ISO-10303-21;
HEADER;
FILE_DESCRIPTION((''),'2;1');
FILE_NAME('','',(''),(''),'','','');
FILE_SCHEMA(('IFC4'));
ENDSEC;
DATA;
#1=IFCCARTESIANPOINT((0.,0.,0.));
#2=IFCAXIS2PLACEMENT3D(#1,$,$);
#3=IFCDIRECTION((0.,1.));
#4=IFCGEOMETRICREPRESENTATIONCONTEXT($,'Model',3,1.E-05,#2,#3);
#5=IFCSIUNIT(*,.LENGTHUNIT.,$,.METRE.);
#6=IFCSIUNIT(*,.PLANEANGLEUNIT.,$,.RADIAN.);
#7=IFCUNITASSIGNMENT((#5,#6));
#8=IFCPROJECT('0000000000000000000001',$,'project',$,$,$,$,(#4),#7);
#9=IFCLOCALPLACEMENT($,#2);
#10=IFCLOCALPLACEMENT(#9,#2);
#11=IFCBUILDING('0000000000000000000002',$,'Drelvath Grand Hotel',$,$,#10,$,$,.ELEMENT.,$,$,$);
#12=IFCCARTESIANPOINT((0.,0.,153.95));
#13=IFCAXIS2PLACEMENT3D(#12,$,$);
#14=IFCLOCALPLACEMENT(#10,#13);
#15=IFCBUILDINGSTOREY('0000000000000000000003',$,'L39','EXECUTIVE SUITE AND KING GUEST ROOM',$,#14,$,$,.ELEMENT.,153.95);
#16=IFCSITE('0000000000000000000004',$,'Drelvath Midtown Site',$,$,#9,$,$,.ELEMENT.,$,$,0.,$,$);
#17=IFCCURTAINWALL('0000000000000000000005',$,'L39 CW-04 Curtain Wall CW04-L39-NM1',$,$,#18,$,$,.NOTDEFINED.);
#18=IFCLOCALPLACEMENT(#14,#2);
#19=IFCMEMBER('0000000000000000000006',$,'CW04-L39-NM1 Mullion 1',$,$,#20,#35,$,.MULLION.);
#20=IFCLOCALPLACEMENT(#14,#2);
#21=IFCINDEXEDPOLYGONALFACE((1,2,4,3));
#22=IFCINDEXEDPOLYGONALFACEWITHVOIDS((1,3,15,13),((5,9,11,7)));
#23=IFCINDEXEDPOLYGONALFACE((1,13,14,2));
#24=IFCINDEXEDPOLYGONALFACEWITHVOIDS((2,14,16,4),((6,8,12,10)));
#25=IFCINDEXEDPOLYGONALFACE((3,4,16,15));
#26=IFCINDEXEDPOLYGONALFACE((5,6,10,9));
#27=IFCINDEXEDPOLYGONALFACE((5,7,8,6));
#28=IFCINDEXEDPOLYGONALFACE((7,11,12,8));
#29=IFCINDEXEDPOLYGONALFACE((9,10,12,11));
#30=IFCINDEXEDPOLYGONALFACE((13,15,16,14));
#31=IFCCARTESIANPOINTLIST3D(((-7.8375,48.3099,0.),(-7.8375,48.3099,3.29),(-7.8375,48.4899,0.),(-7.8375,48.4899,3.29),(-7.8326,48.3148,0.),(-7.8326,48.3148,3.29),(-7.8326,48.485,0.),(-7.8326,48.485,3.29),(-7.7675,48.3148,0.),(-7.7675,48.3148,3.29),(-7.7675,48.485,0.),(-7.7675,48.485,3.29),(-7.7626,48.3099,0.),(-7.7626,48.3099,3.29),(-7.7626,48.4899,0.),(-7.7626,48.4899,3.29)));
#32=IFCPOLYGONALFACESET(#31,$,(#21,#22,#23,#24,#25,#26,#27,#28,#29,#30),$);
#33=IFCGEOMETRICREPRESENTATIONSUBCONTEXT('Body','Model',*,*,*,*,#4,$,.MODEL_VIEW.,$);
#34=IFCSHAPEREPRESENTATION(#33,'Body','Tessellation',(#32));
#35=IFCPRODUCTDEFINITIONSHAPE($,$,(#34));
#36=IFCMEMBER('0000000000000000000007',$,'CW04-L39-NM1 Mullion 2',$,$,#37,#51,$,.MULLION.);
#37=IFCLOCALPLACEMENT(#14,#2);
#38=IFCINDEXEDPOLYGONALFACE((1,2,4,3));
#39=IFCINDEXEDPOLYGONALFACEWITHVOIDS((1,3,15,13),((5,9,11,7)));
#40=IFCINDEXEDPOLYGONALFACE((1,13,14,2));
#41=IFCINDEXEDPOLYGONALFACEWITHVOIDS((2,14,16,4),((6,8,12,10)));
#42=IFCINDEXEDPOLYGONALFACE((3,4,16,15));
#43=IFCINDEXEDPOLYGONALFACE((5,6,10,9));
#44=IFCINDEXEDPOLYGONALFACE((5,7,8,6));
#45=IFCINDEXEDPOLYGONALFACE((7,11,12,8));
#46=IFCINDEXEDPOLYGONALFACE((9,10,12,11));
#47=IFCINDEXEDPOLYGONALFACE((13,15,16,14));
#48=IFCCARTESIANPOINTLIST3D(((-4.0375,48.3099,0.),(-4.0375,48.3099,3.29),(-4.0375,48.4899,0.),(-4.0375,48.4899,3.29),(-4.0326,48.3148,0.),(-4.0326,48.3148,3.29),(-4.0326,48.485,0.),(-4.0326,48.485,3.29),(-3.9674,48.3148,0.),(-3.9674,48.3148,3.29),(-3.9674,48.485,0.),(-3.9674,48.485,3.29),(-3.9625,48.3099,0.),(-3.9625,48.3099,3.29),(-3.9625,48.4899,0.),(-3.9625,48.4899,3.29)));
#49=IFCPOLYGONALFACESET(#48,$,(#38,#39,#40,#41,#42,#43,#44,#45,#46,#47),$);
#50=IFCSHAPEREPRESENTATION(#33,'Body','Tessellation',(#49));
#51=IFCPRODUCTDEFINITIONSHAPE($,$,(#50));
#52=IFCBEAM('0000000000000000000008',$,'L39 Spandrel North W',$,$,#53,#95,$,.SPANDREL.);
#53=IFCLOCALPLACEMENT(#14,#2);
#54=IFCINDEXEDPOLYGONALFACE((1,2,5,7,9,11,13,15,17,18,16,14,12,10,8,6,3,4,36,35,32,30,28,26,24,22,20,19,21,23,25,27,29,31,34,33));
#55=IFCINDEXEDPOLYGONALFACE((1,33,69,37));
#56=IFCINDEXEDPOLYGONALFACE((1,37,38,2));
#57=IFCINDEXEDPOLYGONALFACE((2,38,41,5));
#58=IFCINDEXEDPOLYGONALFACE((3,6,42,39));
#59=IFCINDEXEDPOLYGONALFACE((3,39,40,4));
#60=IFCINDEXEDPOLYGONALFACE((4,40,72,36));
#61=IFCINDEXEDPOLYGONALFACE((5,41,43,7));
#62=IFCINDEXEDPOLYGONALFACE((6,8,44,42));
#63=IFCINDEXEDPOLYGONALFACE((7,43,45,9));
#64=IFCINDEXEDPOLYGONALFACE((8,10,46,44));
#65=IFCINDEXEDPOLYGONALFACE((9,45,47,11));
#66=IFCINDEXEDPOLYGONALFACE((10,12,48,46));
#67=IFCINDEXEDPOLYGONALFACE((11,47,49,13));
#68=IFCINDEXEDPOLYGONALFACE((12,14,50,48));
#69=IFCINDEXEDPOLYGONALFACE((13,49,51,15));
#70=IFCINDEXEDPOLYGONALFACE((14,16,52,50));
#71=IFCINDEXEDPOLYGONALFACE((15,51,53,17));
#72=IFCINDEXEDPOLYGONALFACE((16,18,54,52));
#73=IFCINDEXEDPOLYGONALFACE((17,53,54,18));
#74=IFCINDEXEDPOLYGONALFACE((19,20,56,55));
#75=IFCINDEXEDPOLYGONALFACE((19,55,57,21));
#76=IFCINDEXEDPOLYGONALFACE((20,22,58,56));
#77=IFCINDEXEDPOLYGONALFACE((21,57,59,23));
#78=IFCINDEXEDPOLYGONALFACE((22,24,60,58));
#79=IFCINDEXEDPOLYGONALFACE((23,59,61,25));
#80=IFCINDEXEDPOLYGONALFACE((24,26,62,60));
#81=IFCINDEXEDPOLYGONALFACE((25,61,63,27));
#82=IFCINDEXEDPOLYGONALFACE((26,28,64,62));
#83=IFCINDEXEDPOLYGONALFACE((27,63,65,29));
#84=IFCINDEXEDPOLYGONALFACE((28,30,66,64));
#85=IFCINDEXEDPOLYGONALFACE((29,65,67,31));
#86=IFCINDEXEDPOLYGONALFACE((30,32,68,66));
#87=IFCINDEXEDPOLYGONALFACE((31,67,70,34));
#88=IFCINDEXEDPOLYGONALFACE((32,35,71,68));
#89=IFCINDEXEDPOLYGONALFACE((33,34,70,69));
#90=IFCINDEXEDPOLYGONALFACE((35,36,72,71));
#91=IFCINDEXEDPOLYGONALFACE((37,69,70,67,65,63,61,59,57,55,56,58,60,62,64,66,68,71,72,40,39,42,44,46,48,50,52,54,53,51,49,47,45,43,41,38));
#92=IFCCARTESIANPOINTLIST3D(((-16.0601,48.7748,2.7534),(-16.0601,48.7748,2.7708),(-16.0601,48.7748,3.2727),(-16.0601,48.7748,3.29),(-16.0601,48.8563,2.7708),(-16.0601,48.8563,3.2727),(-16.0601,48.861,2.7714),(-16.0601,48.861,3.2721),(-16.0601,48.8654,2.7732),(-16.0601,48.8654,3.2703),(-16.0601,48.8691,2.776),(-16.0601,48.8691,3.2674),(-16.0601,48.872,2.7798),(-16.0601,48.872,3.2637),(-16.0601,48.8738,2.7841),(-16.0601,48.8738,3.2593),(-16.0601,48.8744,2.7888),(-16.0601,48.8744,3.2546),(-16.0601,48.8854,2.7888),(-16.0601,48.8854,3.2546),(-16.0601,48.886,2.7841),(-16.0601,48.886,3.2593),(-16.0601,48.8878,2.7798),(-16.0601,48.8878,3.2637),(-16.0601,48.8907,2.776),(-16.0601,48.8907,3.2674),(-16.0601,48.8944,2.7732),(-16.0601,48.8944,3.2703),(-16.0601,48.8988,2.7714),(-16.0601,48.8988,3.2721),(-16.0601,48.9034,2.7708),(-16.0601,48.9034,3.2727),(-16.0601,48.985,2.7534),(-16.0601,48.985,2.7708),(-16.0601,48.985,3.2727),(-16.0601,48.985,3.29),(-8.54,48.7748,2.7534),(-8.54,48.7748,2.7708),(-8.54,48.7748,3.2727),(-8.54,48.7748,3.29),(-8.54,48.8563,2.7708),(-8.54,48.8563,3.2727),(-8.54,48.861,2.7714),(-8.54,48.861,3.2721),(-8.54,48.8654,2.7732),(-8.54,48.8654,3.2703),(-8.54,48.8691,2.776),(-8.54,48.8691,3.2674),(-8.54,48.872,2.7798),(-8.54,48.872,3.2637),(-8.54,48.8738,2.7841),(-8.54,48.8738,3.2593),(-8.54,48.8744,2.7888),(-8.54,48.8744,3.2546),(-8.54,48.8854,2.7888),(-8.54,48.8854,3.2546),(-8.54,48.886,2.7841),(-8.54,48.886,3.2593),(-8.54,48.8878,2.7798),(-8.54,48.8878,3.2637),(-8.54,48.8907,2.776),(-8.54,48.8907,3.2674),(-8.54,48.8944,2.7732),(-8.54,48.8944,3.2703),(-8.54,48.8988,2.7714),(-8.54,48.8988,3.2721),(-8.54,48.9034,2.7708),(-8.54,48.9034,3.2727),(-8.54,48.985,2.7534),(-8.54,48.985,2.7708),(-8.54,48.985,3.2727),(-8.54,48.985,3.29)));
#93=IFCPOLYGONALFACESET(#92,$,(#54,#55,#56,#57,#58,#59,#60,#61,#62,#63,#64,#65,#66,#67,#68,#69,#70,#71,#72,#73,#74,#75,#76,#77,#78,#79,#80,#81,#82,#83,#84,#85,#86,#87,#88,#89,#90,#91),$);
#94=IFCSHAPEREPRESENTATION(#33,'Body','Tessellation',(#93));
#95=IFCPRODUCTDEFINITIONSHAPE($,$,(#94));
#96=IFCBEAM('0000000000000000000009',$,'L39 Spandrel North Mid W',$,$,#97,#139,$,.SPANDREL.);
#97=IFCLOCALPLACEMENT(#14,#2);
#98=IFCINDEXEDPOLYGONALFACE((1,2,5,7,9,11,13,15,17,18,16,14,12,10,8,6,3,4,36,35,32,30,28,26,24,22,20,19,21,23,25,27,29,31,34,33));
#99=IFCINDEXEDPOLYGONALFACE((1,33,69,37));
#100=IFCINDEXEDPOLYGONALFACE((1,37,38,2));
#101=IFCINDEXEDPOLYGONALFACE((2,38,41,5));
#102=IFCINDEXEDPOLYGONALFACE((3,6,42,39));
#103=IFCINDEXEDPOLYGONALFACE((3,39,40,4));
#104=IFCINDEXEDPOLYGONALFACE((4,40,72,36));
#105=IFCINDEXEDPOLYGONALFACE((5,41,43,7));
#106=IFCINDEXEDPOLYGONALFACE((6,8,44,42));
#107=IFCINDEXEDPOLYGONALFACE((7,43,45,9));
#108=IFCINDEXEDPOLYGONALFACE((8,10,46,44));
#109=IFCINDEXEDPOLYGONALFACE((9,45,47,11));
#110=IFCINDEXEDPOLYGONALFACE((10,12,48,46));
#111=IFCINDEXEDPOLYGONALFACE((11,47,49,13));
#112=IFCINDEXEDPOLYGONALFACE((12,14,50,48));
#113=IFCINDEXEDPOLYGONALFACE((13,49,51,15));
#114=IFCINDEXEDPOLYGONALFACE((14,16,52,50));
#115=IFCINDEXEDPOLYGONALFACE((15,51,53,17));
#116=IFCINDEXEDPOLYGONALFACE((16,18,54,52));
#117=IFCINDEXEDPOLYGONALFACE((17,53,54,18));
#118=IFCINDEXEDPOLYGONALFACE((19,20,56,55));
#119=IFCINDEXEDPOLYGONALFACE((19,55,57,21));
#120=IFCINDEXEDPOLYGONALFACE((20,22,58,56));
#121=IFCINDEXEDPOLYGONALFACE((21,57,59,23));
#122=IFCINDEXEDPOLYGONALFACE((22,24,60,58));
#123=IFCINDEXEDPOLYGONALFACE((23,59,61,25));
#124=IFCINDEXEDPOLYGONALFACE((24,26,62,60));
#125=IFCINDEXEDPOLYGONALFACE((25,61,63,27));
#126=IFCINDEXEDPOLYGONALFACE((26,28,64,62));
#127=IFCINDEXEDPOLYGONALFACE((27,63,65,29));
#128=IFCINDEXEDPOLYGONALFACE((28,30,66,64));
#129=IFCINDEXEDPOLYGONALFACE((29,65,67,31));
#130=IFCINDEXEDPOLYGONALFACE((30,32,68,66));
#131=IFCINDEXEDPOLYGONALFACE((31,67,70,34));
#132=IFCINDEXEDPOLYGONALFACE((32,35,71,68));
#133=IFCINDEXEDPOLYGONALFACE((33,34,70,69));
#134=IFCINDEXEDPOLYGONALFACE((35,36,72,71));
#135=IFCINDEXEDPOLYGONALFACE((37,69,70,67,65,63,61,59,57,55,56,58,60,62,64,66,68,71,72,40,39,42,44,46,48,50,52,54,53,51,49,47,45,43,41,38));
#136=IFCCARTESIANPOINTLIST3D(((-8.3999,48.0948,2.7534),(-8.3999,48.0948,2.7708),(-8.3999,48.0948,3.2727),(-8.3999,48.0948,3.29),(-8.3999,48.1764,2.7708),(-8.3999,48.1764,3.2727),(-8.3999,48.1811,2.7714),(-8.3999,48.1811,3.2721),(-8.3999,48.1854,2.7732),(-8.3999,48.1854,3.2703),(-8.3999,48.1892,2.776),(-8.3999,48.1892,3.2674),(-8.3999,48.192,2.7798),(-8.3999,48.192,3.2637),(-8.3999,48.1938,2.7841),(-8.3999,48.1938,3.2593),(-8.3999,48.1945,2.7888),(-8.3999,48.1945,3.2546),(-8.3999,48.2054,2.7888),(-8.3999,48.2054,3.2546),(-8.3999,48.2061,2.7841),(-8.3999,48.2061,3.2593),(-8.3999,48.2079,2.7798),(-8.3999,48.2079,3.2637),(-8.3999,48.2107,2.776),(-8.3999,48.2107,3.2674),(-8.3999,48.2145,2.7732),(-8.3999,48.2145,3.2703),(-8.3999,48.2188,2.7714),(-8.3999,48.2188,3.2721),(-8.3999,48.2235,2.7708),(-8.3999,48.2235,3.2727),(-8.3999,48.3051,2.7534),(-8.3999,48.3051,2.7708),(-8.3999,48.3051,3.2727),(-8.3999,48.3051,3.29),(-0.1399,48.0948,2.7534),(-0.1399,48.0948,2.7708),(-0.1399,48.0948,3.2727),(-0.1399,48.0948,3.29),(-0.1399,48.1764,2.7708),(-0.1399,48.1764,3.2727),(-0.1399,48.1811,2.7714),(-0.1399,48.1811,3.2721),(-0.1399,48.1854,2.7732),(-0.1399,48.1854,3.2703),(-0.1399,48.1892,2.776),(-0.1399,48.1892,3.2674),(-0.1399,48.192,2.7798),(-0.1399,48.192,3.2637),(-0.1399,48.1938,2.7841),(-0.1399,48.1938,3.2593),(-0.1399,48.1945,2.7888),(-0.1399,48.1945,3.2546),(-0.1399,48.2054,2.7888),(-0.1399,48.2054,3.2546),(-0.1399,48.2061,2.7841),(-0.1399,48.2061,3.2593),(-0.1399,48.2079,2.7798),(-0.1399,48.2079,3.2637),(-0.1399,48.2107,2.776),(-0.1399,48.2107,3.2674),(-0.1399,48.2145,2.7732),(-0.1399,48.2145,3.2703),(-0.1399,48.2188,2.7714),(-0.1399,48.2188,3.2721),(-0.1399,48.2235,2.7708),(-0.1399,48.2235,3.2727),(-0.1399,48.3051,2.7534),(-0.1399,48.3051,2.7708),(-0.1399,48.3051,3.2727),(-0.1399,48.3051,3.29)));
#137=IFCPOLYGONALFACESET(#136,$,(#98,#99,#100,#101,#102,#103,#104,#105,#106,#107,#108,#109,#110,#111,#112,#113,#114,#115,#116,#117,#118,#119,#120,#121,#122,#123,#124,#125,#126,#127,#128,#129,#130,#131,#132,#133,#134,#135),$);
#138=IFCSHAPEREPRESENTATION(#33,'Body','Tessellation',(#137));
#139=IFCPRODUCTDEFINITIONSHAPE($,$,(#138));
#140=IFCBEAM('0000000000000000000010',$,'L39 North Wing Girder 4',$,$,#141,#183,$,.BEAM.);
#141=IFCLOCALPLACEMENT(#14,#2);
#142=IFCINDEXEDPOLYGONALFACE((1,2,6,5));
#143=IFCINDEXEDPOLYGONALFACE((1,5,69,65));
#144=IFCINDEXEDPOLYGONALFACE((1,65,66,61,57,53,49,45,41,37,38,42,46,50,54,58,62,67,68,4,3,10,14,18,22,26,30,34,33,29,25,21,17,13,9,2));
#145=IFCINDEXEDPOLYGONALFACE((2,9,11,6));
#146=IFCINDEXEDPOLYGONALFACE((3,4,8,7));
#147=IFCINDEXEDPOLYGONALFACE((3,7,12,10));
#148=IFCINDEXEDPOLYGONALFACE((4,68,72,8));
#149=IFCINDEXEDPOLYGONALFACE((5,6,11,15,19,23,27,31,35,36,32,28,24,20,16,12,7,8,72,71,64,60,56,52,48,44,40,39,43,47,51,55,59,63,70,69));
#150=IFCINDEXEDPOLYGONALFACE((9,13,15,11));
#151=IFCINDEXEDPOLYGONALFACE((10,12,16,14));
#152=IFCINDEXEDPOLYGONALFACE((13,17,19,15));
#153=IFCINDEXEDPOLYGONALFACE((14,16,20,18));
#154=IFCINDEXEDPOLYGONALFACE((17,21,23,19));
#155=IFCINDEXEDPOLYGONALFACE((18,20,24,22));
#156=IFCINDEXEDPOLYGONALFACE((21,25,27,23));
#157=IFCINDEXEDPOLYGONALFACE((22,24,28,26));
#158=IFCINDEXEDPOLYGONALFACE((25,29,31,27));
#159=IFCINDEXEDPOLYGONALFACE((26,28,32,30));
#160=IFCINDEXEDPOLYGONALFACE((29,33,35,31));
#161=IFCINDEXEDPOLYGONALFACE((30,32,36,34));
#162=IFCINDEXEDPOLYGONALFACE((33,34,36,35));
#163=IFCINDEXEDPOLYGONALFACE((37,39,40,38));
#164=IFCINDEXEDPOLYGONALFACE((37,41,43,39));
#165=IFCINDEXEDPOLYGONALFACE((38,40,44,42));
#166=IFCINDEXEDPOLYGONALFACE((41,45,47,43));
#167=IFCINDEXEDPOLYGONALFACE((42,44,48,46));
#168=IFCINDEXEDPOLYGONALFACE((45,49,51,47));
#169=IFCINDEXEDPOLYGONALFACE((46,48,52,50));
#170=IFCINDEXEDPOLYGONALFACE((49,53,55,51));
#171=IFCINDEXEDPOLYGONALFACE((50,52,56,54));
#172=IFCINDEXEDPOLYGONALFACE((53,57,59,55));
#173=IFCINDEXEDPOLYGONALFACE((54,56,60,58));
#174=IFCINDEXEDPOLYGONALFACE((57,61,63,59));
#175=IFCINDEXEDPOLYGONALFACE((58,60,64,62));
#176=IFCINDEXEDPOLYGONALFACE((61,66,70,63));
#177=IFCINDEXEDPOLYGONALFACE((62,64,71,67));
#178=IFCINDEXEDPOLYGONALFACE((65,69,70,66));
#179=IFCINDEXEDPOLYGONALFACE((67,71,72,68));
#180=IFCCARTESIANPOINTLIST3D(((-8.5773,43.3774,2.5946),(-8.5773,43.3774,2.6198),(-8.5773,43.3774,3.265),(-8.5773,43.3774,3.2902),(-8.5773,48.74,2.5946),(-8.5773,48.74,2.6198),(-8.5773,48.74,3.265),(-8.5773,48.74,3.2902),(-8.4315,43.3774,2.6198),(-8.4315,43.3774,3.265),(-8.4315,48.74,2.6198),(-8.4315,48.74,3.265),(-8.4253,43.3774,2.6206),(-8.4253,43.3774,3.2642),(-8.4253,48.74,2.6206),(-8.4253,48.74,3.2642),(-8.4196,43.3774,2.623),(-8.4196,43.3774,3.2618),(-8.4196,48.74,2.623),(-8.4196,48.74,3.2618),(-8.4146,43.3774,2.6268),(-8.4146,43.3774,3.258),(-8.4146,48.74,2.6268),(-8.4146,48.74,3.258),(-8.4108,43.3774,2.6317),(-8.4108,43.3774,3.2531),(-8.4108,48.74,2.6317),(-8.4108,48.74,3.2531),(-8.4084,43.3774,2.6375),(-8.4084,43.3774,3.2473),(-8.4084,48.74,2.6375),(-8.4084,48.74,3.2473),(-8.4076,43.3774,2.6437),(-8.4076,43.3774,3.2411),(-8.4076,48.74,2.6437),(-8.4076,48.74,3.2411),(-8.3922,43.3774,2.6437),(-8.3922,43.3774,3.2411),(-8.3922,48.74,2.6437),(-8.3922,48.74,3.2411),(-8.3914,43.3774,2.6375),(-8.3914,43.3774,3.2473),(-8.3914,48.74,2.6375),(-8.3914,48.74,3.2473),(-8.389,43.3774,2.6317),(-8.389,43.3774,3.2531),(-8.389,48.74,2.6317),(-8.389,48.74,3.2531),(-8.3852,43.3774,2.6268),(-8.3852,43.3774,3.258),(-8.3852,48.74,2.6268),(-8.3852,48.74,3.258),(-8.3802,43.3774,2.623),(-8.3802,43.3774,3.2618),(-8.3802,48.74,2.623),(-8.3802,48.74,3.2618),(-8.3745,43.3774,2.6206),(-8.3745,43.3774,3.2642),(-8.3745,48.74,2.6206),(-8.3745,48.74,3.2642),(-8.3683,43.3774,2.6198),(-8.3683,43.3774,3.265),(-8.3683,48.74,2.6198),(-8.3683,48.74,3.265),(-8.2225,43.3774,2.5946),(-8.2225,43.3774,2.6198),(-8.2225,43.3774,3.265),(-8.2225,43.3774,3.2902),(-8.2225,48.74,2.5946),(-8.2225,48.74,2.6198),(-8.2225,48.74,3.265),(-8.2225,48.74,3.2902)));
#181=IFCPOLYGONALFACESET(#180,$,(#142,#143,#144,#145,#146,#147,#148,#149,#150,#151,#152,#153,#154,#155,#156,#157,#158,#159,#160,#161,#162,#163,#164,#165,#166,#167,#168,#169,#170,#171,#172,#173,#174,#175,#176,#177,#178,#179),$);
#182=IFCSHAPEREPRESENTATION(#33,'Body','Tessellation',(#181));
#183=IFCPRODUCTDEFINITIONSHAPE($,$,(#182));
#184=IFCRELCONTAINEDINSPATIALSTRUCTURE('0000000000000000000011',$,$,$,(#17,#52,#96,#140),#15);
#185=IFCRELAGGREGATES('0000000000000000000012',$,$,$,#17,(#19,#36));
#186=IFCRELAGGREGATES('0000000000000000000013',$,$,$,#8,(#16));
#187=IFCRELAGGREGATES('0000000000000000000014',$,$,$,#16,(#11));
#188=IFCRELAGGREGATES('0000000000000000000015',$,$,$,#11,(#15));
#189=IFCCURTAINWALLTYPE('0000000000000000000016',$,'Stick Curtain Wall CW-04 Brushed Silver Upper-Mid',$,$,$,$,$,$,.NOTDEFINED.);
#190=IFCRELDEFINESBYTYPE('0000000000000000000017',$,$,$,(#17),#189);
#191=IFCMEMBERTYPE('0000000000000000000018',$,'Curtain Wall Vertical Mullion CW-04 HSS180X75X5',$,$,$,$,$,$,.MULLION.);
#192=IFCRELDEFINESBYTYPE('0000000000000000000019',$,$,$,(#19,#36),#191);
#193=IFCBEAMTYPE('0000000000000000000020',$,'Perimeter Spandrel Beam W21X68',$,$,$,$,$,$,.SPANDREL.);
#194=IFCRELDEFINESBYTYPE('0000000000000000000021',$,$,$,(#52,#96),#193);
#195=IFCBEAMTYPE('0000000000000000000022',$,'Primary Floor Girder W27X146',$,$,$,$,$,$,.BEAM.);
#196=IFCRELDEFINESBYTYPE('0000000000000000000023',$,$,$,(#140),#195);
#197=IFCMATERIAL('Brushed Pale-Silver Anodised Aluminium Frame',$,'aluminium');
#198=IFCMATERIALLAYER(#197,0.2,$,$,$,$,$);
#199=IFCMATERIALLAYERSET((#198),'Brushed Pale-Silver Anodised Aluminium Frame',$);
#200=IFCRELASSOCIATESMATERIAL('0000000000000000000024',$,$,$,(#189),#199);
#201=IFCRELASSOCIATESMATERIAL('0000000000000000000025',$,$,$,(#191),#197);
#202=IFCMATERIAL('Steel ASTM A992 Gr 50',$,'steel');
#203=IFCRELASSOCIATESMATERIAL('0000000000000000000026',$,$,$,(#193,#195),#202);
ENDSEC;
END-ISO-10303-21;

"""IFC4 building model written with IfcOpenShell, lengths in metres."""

from ifc_helpers import new_model, si_unit, direction, frame, origin, origin_2d, place, context, subcontext, project, spatial, hollow_rectangle, i_section, extrude, material, layer, layer_set, material_profile, profile_set, type_object, element, aggregate, save


model = new_model("IFC4")

# Units and contexts
model_context = context("Model", 3, precision=1e-05, world=origin(), true_north=direction((0.0, 1.0)))
body_context = subcontext(model_context, "Body", "Model", "MODEL_VIEW")
ifc_project = project(units=[si_unit("LENGTHUNIT", "METRE"), si_unit("PLANEANGLEUNIT", "RADIAN")], contexts=[model_context])

# Site, building, storey
site_placement = place(None, origin())
site = spatial("IfcSite", under=ifc_project, at=site_placement, Name="Drelvath Midtown Site", CompositionType="ELEMENT", RefElevation=0.0)
building_placement = place(site_placement, origin())
building = spatial("IfcBuilding", under=site, at=building_placement, Name="Drelvath Grand Hotel", CompositionType="ELEMENT")
storey_placement = place(building_placement, frame((0.0, 0.0, 153.95)))
storey = spatial("IfcBuildingStorey", under=building, at=storey_placement, Name="L39", Description="EXECUTIVE SUITE AND KING GUEST ROOM", CompositionType="ELEMENT", Elevation=153.95)

# Curtain wall
ifc_material_1 = material(Name="Brushed Pale-Silver Anodised Aluminium Frame", Category="aluminium")
ifc_layer_1 = layer(ifc_material_1, 0.2)
ifc_layer_set_1 = layer_set([ifc_layer_1], Name="Brushed Pale-Silver Anodised Aluminium Frame")
curtain_wall_type = type_object("IfcCurtainWallType", Name="Stick Curtain Wall CW-04 Brushed Silver Upper-Mid", PredefinedType="NOTDEFINED", material=ifc_layer_set_1)
curtain_wall_1_placement = place(storey_placement, origin())
curtain_wall_1 = element("IfcCurtainWall", 1, at=curtain_wall_1_placement, inside=storey, type_object=curtain_wall_type, Name="L39 CW-04 Curtain Wall CW04-L39-NM1", PredefinedType="NOTDEFINED")

# Members
ifc_material_profile_1 = material_profile(ifc_material_1, hollow_rectangle(XDim=0.075, YDim=0.1799, WallThickness=0.0049, at=origin_2d()), Name="HSS180X75X5")
ifc_profile_set_1 = profile_set([ifc_material_profile_1], Name="Brushed Pale-Silver Anodised Aluminium Frame")
member_type_1 = type_object("IfcMemberType", Name="Curtain Wall Vertical Mullion CW-04 HSS180X75X5", PredefinedType="MULLION", material=ifc_profile_set_1)
member_1_placement = place(storey_placement, frame((-7.8, 48.3999, 0.0), z_axis=(0.0, 0.0, 1.0), x_axis=(1.0, 0.0, 0.0)))
member_1 = element("IfcMember", 2, at=member_1_placement, type_object=member_type_1, Name="CW04-L39-NM1 Mullion 1", PredefinedType="MULLION", context=body_context, shape_type="SweptSolid", body=[
    extrude(hollow_rectangle(XDim=0.075, YDim=0.1799, WallThickness=0.0049, at=origin_2d()), origin(), (0.0, 0.0, 1.0), 3.29),
])
member_2_placement = place(storey_placement, frame((-4.0, 48.3999, 0.0), z_axis=(0.0, 0.0, 1.0), x_axis=(1.0, 0.0, 0.0)))
member_2 = element("IfcMember", 3, at=member_2_placement, type_object=member_type_1, Name="CW04-L39-NM1 Mullion 2", PredefinedType="MULLION", context=body_context, shape_type="SweptSolid", body=[
    extrude(hollow_rectangle(XDim=0.075, YDim=0.1799, WallThickness=0.0049, at=origin_2d()), origin(), (0.0, 0.0, 1.0), 3.29),
])

# Beams
ifc_material_2 = material(Name="Steel ASTM A992 Gr 50", Category="steel")
ifc_material_profile_2 = material_profile(ifc_material_2, i_section(OverallWidth=0.2102, OverallDepth=0.5366, WebThickness=0.011, FlangeThickness=0.0173, FilletRadius=0.0181, at=origin_2d()), Name="W21X68")
ifc_profile_set_2 = profile_set([ifc_material_profile_2], Name="Steel ASTM A992 Gr 50")
beam_type_1 = type_object("IfcBeamType", Name="Perimeter Spandrel Beam W21X68", PredefinedType="SPANDREL", material=ifc_profile_set_2)
beam_1_placement = place(storey_placement, frame((-16.0601, 48.8799, 3.0217), z_axis=(1.0, 0.0, 0.0), x_axis=(0.0, 1.0, 0.0)))
element("IfcBeam", 4, at=beam_1_placement, inside=storey, type_object=beam_type_1, Name="L39 Spandrel North W", PredefinedType="SPANDREL", context=body_context, shape_type="SweptSolid", body=[
    extrude(i_section(OverallWidth=0.2102, OverallDepth=0.5366, WebThickness=0.011, FlangeThickness=0.0173, FilletRadius=0.0181, at=origin_2d()), origin(), (0.0, 0.0, 1.0), 7.52),
])
beam_2_placement = place(storey_placement, frame((-8.3999, 48.2, 3.0217), z_axis=(1.0, 0.0, 0.0), x_axis=(0.0, 1.0, 0.0)))
element("IfcBeam", 5, at=beam_2_placement, inside=storey, type_object=beam_type_1, Name="L39 Spandrel North Mid W", PredefinedType="SPANDREL", context=body_context, shape_type="SweptSolid", body=[
    extrude(i_section(OverallWidth=0.2102, OverallDepth=0.5366, WebThickness=0.011, FlangeThickness=0.0173, FilletRadius=0.0181, at=origin_2d()), origin(), (0.0, 0.0, 1.0), 8.26),
])
ifc_material_profile_3 = material_profile(ifc_material_2, i_section(OverallWidth=0.3547, OverallDepth=0.6956, WebThickness=0.0154, FlangeThickness=0.0251, FilletRadius=0.0239, at=origin_2d()), Name="W27X146")
ifc_profile_set_3 = profile_set([ifc_material_profile_3], Name="Steel ASTM A992 Gr 50")
beam_type_2 = type_object("IfcBeamType", Name="Primary Floor Girder W27X146", PredefinedType="BEAM", material=ifc_profile_set_3)
beam_3_placement = place(storey_placement, frame((-8.3999, 43.3774, 2.9424), z_axis=(0.0, 1.0, 0.0), x_axis=(-1.0, 0.0, 0.0)))
element("IfcBeam", 6, at=beam_3_placement, inside=storey, type_object=beam_type_2, Name="L39 North Wing Girder 4", PredefinedType="BEAM", context=body_context, shape_type="SweptSolid", body=[
    extrude(i_section(OverallWidth=0.3547, OverallDepth=0.6956, WebThickness=0.0154, FlangeThickness=0.0251, FilletRadius=0.0239, at=origin_2d()), origin(), (0.0, 0.0, 1.0), 5.3625),
])

aggregate(curtain_wall_1, [member_1, member_2])

save(model, "model.ifc")
